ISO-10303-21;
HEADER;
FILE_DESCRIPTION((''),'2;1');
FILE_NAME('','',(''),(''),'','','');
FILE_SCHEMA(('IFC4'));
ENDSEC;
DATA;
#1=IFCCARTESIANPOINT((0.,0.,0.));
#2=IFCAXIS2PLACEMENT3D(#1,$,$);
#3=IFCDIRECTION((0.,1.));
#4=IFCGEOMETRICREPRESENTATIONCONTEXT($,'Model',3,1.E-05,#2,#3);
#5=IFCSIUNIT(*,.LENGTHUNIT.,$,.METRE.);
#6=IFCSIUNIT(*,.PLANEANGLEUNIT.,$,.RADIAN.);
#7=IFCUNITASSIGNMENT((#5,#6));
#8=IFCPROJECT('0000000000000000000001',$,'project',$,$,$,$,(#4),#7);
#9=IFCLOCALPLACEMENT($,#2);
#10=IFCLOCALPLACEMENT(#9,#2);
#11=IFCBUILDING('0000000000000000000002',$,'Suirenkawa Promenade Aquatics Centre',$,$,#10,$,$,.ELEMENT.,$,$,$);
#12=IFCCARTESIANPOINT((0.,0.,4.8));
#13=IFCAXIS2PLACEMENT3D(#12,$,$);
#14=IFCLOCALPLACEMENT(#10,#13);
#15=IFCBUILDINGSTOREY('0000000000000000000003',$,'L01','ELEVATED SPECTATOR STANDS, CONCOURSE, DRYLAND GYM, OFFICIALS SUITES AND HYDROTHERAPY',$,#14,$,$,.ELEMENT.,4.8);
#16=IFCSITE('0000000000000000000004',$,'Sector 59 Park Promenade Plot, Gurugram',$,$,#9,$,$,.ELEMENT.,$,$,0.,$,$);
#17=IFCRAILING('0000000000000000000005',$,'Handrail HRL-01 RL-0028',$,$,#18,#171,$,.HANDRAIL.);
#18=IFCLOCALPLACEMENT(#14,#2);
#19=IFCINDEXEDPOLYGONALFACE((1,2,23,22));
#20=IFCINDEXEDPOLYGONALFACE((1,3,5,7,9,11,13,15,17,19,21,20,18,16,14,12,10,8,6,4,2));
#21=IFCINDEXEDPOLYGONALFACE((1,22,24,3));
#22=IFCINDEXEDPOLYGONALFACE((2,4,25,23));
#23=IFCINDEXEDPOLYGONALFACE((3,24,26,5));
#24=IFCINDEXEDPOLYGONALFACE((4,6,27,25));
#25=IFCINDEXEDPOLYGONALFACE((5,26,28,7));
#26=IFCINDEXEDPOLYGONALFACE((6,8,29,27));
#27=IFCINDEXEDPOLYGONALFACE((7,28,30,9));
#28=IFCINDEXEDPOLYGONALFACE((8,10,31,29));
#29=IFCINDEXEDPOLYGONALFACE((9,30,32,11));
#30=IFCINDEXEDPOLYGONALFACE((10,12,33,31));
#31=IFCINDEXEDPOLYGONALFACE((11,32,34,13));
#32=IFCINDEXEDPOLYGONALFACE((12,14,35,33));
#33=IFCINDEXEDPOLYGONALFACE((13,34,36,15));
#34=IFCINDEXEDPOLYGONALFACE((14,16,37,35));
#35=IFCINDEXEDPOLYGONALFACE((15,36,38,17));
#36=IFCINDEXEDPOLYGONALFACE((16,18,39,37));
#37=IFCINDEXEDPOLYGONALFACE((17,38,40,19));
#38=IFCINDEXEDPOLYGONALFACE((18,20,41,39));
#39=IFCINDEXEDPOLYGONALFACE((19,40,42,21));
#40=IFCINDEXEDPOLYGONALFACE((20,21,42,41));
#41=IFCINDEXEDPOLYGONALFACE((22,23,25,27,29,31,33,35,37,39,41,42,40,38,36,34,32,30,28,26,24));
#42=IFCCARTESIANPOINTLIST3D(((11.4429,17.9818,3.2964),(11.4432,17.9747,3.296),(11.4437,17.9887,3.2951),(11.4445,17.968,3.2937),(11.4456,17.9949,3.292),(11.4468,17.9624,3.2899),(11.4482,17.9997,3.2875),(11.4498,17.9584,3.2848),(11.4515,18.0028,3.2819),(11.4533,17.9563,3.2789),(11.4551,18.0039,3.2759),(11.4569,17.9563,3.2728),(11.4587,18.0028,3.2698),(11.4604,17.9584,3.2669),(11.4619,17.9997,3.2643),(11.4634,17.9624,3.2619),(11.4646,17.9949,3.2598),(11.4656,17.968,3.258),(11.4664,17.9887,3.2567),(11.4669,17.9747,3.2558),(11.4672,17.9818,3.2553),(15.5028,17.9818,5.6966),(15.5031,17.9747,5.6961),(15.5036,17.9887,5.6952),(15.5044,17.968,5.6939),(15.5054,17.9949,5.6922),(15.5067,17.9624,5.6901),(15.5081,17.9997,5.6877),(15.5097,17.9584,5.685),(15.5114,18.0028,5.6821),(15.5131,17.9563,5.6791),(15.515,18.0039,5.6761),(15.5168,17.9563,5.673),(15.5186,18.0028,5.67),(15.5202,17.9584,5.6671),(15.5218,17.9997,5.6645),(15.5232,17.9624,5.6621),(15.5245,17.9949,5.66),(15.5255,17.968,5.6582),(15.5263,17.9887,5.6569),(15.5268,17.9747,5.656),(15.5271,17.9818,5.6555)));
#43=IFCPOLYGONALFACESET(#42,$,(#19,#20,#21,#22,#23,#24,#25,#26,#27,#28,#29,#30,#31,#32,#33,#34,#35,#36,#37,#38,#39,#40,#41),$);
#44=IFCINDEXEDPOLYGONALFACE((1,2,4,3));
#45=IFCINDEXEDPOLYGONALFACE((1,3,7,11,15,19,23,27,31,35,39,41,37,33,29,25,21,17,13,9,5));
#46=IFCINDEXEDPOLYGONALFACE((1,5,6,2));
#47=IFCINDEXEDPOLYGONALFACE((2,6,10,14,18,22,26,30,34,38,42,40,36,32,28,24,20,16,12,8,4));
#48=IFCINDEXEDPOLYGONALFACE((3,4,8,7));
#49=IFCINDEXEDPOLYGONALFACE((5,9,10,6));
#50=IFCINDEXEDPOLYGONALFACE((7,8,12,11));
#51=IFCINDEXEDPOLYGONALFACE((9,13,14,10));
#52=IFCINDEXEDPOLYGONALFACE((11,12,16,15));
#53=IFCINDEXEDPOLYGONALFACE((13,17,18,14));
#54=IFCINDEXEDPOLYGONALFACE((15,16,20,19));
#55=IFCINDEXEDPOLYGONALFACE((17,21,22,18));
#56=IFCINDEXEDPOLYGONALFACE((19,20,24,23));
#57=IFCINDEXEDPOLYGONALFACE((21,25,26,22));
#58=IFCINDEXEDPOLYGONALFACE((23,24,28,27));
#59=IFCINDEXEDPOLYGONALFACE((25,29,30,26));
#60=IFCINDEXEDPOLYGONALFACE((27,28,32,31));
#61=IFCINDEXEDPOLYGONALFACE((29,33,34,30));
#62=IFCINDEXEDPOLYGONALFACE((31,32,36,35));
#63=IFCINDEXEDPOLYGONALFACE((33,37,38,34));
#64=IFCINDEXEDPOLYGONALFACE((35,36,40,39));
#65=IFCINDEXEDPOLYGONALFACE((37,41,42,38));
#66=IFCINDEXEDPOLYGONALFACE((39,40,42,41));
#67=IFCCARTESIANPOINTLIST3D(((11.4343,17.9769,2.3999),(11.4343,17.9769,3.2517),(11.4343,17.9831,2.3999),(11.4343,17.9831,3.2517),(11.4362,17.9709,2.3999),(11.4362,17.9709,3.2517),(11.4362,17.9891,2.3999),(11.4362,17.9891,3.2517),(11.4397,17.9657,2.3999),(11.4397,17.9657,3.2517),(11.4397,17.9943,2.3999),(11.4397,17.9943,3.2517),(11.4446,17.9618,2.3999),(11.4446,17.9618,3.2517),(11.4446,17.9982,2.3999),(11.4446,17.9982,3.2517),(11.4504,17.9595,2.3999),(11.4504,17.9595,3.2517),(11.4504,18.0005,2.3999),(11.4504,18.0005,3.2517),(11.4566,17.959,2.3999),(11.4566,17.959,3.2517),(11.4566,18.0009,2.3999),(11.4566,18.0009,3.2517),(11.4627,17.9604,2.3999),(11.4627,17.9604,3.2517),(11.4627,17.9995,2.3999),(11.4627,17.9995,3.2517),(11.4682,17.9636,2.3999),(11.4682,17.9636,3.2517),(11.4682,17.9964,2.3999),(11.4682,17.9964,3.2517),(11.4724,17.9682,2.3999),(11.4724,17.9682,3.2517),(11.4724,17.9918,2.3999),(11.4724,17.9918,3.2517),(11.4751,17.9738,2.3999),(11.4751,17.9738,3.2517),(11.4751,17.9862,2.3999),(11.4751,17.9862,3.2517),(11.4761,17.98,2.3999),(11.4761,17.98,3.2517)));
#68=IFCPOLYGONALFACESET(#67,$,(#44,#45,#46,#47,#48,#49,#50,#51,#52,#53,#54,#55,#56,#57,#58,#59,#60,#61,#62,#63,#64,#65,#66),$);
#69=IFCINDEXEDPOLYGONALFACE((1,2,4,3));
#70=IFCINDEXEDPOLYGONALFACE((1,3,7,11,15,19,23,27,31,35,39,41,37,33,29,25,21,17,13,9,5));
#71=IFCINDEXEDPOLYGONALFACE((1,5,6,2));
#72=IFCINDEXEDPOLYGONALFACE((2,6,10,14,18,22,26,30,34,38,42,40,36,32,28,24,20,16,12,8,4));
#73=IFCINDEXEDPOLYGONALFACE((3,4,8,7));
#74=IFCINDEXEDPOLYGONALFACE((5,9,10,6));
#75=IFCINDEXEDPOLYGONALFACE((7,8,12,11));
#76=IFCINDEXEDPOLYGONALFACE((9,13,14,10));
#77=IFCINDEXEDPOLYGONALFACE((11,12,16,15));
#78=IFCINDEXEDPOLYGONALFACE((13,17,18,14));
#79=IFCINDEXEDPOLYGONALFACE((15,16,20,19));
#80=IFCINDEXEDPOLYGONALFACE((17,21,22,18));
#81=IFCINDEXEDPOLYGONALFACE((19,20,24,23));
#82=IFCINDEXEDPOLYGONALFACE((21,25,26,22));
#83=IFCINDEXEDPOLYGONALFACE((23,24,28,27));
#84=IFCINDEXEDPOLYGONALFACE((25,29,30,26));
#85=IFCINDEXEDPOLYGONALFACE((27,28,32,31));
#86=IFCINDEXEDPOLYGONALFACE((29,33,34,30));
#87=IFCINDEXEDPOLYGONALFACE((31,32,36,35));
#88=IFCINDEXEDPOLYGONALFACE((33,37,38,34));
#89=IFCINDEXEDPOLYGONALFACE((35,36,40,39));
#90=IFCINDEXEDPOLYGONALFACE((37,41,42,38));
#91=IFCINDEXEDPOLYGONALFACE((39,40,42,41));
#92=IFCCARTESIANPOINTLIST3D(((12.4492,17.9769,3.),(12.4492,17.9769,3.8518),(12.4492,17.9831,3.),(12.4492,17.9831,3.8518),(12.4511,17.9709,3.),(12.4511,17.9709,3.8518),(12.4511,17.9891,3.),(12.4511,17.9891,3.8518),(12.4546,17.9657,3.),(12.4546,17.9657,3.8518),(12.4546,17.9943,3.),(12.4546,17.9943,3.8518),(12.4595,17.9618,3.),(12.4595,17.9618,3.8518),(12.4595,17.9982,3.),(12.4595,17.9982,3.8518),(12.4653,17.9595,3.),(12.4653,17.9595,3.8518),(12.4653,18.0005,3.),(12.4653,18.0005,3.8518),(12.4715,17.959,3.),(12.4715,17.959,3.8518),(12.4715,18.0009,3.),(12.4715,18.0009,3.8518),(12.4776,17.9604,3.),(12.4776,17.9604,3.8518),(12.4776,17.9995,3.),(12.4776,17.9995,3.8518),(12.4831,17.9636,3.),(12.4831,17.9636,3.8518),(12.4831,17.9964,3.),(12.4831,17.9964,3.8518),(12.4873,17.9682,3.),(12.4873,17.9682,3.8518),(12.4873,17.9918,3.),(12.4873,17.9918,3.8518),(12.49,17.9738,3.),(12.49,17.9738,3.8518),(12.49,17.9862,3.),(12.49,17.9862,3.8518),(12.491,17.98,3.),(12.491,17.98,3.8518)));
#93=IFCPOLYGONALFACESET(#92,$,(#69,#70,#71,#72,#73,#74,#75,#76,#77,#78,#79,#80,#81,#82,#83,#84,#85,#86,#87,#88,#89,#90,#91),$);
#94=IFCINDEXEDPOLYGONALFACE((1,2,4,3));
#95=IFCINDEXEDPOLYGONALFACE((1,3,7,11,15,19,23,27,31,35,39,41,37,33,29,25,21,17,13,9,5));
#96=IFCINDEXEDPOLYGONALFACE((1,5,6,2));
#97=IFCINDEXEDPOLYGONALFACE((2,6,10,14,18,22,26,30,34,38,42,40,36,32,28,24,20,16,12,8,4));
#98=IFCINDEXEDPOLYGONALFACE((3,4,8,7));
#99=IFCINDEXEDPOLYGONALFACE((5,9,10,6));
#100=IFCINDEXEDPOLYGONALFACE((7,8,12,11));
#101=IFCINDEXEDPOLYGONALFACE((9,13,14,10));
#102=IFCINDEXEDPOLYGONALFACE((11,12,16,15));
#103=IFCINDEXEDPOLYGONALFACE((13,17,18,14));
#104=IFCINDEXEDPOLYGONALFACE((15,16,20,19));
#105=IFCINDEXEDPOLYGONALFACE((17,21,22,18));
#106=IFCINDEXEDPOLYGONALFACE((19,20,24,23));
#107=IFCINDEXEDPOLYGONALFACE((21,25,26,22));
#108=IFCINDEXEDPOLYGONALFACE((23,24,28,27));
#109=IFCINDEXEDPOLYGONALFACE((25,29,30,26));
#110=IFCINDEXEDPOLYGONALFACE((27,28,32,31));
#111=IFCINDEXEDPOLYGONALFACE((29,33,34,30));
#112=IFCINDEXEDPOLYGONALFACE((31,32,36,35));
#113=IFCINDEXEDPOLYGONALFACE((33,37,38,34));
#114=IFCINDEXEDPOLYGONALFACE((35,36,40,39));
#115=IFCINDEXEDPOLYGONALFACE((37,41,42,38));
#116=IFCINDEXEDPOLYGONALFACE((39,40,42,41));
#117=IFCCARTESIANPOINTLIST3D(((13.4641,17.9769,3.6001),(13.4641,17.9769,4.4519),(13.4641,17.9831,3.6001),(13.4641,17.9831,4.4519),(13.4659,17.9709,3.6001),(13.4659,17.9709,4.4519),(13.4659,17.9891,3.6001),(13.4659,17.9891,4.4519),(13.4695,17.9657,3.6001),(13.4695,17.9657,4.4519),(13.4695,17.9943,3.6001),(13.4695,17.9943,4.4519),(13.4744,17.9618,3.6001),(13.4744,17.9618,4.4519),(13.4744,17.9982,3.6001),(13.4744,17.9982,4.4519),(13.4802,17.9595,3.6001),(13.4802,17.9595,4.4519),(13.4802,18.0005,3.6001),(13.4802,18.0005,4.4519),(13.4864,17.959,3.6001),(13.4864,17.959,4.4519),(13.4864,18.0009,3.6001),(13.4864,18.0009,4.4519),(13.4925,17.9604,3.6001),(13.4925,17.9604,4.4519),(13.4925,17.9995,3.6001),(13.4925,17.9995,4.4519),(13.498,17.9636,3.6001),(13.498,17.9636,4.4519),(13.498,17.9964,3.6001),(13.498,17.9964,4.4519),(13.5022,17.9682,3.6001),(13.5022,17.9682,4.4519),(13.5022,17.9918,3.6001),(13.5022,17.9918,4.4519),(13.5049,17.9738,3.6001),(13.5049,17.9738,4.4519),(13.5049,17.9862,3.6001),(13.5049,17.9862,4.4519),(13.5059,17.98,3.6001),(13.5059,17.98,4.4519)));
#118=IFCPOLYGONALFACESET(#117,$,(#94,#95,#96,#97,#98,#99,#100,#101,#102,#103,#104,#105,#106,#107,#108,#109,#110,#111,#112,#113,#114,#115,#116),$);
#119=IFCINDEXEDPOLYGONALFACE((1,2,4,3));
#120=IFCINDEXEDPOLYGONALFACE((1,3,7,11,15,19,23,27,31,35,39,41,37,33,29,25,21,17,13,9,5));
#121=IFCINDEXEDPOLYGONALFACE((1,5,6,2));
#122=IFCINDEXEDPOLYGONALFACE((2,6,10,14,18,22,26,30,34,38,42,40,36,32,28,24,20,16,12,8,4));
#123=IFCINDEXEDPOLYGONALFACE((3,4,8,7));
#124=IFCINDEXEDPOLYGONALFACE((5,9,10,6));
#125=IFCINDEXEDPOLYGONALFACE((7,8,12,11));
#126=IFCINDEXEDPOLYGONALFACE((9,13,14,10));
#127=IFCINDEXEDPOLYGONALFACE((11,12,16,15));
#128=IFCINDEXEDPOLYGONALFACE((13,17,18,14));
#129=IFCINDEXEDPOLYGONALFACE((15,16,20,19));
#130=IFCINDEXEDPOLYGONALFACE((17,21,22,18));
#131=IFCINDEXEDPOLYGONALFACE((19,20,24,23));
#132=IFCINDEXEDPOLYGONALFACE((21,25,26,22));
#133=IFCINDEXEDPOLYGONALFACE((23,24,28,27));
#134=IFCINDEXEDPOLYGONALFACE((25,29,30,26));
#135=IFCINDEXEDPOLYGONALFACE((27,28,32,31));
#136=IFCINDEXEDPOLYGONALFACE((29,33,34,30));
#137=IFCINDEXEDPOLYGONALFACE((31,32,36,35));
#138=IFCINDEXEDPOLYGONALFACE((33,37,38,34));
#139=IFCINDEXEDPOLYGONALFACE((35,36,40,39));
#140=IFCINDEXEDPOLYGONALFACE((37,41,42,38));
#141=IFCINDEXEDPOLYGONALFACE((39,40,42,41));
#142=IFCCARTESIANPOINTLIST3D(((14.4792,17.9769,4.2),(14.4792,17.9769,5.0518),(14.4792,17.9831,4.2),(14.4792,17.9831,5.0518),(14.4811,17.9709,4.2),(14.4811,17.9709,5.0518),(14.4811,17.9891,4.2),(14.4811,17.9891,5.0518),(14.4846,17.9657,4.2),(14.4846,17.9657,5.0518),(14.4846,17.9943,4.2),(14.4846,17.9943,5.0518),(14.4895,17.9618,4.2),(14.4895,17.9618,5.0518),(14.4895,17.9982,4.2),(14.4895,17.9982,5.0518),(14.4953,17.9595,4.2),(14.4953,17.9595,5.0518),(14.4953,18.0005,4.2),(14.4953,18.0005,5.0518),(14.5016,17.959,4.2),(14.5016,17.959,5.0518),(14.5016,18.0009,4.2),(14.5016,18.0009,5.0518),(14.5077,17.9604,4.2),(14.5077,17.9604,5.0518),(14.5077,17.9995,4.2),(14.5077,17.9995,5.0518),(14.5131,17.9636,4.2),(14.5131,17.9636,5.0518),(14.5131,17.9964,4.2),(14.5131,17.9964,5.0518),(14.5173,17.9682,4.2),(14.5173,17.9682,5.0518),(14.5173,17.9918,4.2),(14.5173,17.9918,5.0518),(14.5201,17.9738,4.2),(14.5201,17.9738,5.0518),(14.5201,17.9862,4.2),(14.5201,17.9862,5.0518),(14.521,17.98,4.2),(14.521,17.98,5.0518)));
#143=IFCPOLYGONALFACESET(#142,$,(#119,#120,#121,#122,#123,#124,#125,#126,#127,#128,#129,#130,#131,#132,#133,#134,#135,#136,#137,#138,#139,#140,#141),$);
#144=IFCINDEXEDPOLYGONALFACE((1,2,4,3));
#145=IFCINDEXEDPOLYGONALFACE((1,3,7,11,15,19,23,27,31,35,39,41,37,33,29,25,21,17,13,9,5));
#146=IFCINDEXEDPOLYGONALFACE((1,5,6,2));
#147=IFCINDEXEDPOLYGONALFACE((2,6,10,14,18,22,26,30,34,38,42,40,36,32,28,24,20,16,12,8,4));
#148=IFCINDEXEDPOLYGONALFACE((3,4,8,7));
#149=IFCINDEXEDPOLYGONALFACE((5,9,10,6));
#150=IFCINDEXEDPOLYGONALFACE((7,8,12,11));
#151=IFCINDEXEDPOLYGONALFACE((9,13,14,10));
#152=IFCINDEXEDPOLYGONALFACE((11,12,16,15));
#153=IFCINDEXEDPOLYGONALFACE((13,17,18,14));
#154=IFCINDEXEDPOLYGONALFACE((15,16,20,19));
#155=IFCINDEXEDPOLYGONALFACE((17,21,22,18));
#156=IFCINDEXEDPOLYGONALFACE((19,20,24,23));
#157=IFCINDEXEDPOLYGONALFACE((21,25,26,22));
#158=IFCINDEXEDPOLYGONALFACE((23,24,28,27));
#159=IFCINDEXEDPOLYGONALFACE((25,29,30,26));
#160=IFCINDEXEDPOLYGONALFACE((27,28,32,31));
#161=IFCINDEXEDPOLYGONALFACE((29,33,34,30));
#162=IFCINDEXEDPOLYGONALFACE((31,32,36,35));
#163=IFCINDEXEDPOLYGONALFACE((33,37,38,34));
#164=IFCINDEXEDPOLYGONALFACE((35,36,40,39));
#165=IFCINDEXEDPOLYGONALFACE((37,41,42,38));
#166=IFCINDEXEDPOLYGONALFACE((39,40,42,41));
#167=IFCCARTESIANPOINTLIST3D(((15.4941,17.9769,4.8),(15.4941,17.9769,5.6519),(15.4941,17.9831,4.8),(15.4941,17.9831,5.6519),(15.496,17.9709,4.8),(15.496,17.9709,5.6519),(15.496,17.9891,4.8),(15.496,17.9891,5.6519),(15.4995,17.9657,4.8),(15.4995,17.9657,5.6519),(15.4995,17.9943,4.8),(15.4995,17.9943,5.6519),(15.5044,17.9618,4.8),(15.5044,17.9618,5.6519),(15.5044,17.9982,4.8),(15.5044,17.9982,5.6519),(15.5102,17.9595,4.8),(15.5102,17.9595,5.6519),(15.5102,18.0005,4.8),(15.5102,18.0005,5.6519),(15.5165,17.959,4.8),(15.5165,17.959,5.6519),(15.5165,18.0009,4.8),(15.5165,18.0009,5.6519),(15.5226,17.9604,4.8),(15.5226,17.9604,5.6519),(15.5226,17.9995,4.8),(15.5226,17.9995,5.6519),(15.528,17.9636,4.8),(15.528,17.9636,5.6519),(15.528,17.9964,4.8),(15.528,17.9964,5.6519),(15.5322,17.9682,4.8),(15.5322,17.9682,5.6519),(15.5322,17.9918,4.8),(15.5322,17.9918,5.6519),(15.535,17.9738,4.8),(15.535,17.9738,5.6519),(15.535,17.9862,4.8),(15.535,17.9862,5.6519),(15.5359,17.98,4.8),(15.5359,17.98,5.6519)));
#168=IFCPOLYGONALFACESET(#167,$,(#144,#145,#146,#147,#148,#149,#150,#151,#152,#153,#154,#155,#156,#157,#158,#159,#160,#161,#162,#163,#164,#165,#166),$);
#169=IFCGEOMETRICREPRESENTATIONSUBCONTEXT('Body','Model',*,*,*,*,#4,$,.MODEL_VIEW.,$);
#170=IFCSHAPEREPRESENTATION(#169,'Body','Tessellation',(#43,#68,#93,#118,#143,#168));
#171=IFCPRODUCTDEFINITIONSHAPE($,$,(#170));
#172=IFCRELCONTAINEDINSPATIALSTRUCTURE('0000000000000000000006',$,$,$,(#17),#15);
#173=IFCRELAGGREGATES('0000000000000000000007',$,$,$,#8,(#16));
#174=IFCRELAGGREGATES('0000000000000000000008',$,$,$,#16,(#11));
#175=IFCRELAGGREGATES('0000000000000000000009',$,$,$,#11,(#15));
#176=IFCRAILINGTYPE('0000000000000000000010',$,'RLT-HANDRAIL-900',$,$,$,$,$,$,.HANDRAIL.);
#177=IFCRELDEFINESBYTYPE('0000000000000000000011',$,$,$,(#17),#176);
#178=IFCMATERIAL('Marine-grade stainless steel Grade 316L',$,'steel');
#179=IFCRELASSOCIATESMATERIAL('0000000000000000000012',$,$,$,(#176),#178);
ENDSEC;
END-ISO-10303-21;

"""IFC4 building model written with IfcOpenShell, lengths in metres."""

from ifc_helpers import new_model, si_unit, direction, frame, origin, origin_2d, place, context, subcontext, project, spatial, circle, extrude, material, type_object, element, save


model = new_model("IFC4")

# Units and contexts
model_context = context("Model", 3, precision=1e-05, world=origin(), true_north=direction((0.0, 1.0)))
body_context = subcontext(model_context, "Body", "Model", "MODEL_VIEW")
ifc_project = project(units=[si_unit("LENGTHUNIT", "METRE"), si_unit("PLANEANGLEUNIT", "RADIAN")], contexts=[model_context])

# Site, building, storey
site_placement = place(None, origin())
site = spatial("IfcSite", under=ifc_project, at=site_placement, Name="Sector 59 Park Promenade Plot, Gurugram", CompositionType="ELEMENT", RefElevation=0.0)
building_placement = place(site_placement, origin())
building = spatial("IfcBuilding", under=site, at=building_placement, Name="Suirenkawa Promenade Aquatics Centre", CompositionType="ELEMENT")
storey_placement = place(building_placement, frame((0.0, 0.0, 4.8)))
storey = spatial("IfcBuildingStorey", under=building, at=storey_placement, Name="L01", Description="ELEVATED SPECTATOR STANDS, CONCOURSE, DRYLAND GYM, OFFICIALS SUITES AND HYDROTHERAPY", CompositionType="ELEMENT", Elevation=4.8)

# Railing
ifc_material_1 = material(Name="Marine-grade stainless steel Grade 316L", Category="steel")
railing_type_1 = type_object("IfcRailingType", Name="RLT-HANDRAIL-900", PredefinedType="HANDRAIL", material=ifc_material_1)
for number, where, name in (
    (1, (11.4551, 17.98, 2.3999), "Handrail HRL-01 RL-0028"),
):
    element("IfcRailing", number, at=place(storey_placement, frame(where)), inside=storey, type_object=railing_type_1, Name=name, PredefinedType="HANDRAIL", context=body_context, shape_type="SweptSolid", body=[
        extrude(circle(Radius=0.0239, at=origin_2d()), frame((0.0, 0.0, 0.876), z_axis=(0.860818, 0.0, 0.508912), x_axis=(0.0, 1.0, 0.0)), (0.0, 0.0, 1.0), 4.7163),
        extrude(circle(Radius=0.021, at=origin_2d()), origin(), (0.0, 0.0, 1.0), 0.8518),
        extrude(circle(Radius=0.021, at=origin_2d()), frame((1.0149, 0.0, 0.6001)), (0.0, 0.0, 1.0), 0.8518),
        extrude(circle(Radius=0.021, at=origin_2d()), frame((2.0298, 0.0, 1.2002)), (0.0, 0.0, 1.0), 0.8518),
        extrude(circle(Radius=0.021, at=origin_2d()), frame((3.0449, 0.0, 1.8)), (0.0, 0.0, 1.0), 0.8518),
        extrude(circle(Radius=0.021, at=origin_2d()), frame((4.0598, 0.0, 2.4001)), (0.0, 0.0, 1.0), 0.8518),
    ])

save(model, "model.ifc")
